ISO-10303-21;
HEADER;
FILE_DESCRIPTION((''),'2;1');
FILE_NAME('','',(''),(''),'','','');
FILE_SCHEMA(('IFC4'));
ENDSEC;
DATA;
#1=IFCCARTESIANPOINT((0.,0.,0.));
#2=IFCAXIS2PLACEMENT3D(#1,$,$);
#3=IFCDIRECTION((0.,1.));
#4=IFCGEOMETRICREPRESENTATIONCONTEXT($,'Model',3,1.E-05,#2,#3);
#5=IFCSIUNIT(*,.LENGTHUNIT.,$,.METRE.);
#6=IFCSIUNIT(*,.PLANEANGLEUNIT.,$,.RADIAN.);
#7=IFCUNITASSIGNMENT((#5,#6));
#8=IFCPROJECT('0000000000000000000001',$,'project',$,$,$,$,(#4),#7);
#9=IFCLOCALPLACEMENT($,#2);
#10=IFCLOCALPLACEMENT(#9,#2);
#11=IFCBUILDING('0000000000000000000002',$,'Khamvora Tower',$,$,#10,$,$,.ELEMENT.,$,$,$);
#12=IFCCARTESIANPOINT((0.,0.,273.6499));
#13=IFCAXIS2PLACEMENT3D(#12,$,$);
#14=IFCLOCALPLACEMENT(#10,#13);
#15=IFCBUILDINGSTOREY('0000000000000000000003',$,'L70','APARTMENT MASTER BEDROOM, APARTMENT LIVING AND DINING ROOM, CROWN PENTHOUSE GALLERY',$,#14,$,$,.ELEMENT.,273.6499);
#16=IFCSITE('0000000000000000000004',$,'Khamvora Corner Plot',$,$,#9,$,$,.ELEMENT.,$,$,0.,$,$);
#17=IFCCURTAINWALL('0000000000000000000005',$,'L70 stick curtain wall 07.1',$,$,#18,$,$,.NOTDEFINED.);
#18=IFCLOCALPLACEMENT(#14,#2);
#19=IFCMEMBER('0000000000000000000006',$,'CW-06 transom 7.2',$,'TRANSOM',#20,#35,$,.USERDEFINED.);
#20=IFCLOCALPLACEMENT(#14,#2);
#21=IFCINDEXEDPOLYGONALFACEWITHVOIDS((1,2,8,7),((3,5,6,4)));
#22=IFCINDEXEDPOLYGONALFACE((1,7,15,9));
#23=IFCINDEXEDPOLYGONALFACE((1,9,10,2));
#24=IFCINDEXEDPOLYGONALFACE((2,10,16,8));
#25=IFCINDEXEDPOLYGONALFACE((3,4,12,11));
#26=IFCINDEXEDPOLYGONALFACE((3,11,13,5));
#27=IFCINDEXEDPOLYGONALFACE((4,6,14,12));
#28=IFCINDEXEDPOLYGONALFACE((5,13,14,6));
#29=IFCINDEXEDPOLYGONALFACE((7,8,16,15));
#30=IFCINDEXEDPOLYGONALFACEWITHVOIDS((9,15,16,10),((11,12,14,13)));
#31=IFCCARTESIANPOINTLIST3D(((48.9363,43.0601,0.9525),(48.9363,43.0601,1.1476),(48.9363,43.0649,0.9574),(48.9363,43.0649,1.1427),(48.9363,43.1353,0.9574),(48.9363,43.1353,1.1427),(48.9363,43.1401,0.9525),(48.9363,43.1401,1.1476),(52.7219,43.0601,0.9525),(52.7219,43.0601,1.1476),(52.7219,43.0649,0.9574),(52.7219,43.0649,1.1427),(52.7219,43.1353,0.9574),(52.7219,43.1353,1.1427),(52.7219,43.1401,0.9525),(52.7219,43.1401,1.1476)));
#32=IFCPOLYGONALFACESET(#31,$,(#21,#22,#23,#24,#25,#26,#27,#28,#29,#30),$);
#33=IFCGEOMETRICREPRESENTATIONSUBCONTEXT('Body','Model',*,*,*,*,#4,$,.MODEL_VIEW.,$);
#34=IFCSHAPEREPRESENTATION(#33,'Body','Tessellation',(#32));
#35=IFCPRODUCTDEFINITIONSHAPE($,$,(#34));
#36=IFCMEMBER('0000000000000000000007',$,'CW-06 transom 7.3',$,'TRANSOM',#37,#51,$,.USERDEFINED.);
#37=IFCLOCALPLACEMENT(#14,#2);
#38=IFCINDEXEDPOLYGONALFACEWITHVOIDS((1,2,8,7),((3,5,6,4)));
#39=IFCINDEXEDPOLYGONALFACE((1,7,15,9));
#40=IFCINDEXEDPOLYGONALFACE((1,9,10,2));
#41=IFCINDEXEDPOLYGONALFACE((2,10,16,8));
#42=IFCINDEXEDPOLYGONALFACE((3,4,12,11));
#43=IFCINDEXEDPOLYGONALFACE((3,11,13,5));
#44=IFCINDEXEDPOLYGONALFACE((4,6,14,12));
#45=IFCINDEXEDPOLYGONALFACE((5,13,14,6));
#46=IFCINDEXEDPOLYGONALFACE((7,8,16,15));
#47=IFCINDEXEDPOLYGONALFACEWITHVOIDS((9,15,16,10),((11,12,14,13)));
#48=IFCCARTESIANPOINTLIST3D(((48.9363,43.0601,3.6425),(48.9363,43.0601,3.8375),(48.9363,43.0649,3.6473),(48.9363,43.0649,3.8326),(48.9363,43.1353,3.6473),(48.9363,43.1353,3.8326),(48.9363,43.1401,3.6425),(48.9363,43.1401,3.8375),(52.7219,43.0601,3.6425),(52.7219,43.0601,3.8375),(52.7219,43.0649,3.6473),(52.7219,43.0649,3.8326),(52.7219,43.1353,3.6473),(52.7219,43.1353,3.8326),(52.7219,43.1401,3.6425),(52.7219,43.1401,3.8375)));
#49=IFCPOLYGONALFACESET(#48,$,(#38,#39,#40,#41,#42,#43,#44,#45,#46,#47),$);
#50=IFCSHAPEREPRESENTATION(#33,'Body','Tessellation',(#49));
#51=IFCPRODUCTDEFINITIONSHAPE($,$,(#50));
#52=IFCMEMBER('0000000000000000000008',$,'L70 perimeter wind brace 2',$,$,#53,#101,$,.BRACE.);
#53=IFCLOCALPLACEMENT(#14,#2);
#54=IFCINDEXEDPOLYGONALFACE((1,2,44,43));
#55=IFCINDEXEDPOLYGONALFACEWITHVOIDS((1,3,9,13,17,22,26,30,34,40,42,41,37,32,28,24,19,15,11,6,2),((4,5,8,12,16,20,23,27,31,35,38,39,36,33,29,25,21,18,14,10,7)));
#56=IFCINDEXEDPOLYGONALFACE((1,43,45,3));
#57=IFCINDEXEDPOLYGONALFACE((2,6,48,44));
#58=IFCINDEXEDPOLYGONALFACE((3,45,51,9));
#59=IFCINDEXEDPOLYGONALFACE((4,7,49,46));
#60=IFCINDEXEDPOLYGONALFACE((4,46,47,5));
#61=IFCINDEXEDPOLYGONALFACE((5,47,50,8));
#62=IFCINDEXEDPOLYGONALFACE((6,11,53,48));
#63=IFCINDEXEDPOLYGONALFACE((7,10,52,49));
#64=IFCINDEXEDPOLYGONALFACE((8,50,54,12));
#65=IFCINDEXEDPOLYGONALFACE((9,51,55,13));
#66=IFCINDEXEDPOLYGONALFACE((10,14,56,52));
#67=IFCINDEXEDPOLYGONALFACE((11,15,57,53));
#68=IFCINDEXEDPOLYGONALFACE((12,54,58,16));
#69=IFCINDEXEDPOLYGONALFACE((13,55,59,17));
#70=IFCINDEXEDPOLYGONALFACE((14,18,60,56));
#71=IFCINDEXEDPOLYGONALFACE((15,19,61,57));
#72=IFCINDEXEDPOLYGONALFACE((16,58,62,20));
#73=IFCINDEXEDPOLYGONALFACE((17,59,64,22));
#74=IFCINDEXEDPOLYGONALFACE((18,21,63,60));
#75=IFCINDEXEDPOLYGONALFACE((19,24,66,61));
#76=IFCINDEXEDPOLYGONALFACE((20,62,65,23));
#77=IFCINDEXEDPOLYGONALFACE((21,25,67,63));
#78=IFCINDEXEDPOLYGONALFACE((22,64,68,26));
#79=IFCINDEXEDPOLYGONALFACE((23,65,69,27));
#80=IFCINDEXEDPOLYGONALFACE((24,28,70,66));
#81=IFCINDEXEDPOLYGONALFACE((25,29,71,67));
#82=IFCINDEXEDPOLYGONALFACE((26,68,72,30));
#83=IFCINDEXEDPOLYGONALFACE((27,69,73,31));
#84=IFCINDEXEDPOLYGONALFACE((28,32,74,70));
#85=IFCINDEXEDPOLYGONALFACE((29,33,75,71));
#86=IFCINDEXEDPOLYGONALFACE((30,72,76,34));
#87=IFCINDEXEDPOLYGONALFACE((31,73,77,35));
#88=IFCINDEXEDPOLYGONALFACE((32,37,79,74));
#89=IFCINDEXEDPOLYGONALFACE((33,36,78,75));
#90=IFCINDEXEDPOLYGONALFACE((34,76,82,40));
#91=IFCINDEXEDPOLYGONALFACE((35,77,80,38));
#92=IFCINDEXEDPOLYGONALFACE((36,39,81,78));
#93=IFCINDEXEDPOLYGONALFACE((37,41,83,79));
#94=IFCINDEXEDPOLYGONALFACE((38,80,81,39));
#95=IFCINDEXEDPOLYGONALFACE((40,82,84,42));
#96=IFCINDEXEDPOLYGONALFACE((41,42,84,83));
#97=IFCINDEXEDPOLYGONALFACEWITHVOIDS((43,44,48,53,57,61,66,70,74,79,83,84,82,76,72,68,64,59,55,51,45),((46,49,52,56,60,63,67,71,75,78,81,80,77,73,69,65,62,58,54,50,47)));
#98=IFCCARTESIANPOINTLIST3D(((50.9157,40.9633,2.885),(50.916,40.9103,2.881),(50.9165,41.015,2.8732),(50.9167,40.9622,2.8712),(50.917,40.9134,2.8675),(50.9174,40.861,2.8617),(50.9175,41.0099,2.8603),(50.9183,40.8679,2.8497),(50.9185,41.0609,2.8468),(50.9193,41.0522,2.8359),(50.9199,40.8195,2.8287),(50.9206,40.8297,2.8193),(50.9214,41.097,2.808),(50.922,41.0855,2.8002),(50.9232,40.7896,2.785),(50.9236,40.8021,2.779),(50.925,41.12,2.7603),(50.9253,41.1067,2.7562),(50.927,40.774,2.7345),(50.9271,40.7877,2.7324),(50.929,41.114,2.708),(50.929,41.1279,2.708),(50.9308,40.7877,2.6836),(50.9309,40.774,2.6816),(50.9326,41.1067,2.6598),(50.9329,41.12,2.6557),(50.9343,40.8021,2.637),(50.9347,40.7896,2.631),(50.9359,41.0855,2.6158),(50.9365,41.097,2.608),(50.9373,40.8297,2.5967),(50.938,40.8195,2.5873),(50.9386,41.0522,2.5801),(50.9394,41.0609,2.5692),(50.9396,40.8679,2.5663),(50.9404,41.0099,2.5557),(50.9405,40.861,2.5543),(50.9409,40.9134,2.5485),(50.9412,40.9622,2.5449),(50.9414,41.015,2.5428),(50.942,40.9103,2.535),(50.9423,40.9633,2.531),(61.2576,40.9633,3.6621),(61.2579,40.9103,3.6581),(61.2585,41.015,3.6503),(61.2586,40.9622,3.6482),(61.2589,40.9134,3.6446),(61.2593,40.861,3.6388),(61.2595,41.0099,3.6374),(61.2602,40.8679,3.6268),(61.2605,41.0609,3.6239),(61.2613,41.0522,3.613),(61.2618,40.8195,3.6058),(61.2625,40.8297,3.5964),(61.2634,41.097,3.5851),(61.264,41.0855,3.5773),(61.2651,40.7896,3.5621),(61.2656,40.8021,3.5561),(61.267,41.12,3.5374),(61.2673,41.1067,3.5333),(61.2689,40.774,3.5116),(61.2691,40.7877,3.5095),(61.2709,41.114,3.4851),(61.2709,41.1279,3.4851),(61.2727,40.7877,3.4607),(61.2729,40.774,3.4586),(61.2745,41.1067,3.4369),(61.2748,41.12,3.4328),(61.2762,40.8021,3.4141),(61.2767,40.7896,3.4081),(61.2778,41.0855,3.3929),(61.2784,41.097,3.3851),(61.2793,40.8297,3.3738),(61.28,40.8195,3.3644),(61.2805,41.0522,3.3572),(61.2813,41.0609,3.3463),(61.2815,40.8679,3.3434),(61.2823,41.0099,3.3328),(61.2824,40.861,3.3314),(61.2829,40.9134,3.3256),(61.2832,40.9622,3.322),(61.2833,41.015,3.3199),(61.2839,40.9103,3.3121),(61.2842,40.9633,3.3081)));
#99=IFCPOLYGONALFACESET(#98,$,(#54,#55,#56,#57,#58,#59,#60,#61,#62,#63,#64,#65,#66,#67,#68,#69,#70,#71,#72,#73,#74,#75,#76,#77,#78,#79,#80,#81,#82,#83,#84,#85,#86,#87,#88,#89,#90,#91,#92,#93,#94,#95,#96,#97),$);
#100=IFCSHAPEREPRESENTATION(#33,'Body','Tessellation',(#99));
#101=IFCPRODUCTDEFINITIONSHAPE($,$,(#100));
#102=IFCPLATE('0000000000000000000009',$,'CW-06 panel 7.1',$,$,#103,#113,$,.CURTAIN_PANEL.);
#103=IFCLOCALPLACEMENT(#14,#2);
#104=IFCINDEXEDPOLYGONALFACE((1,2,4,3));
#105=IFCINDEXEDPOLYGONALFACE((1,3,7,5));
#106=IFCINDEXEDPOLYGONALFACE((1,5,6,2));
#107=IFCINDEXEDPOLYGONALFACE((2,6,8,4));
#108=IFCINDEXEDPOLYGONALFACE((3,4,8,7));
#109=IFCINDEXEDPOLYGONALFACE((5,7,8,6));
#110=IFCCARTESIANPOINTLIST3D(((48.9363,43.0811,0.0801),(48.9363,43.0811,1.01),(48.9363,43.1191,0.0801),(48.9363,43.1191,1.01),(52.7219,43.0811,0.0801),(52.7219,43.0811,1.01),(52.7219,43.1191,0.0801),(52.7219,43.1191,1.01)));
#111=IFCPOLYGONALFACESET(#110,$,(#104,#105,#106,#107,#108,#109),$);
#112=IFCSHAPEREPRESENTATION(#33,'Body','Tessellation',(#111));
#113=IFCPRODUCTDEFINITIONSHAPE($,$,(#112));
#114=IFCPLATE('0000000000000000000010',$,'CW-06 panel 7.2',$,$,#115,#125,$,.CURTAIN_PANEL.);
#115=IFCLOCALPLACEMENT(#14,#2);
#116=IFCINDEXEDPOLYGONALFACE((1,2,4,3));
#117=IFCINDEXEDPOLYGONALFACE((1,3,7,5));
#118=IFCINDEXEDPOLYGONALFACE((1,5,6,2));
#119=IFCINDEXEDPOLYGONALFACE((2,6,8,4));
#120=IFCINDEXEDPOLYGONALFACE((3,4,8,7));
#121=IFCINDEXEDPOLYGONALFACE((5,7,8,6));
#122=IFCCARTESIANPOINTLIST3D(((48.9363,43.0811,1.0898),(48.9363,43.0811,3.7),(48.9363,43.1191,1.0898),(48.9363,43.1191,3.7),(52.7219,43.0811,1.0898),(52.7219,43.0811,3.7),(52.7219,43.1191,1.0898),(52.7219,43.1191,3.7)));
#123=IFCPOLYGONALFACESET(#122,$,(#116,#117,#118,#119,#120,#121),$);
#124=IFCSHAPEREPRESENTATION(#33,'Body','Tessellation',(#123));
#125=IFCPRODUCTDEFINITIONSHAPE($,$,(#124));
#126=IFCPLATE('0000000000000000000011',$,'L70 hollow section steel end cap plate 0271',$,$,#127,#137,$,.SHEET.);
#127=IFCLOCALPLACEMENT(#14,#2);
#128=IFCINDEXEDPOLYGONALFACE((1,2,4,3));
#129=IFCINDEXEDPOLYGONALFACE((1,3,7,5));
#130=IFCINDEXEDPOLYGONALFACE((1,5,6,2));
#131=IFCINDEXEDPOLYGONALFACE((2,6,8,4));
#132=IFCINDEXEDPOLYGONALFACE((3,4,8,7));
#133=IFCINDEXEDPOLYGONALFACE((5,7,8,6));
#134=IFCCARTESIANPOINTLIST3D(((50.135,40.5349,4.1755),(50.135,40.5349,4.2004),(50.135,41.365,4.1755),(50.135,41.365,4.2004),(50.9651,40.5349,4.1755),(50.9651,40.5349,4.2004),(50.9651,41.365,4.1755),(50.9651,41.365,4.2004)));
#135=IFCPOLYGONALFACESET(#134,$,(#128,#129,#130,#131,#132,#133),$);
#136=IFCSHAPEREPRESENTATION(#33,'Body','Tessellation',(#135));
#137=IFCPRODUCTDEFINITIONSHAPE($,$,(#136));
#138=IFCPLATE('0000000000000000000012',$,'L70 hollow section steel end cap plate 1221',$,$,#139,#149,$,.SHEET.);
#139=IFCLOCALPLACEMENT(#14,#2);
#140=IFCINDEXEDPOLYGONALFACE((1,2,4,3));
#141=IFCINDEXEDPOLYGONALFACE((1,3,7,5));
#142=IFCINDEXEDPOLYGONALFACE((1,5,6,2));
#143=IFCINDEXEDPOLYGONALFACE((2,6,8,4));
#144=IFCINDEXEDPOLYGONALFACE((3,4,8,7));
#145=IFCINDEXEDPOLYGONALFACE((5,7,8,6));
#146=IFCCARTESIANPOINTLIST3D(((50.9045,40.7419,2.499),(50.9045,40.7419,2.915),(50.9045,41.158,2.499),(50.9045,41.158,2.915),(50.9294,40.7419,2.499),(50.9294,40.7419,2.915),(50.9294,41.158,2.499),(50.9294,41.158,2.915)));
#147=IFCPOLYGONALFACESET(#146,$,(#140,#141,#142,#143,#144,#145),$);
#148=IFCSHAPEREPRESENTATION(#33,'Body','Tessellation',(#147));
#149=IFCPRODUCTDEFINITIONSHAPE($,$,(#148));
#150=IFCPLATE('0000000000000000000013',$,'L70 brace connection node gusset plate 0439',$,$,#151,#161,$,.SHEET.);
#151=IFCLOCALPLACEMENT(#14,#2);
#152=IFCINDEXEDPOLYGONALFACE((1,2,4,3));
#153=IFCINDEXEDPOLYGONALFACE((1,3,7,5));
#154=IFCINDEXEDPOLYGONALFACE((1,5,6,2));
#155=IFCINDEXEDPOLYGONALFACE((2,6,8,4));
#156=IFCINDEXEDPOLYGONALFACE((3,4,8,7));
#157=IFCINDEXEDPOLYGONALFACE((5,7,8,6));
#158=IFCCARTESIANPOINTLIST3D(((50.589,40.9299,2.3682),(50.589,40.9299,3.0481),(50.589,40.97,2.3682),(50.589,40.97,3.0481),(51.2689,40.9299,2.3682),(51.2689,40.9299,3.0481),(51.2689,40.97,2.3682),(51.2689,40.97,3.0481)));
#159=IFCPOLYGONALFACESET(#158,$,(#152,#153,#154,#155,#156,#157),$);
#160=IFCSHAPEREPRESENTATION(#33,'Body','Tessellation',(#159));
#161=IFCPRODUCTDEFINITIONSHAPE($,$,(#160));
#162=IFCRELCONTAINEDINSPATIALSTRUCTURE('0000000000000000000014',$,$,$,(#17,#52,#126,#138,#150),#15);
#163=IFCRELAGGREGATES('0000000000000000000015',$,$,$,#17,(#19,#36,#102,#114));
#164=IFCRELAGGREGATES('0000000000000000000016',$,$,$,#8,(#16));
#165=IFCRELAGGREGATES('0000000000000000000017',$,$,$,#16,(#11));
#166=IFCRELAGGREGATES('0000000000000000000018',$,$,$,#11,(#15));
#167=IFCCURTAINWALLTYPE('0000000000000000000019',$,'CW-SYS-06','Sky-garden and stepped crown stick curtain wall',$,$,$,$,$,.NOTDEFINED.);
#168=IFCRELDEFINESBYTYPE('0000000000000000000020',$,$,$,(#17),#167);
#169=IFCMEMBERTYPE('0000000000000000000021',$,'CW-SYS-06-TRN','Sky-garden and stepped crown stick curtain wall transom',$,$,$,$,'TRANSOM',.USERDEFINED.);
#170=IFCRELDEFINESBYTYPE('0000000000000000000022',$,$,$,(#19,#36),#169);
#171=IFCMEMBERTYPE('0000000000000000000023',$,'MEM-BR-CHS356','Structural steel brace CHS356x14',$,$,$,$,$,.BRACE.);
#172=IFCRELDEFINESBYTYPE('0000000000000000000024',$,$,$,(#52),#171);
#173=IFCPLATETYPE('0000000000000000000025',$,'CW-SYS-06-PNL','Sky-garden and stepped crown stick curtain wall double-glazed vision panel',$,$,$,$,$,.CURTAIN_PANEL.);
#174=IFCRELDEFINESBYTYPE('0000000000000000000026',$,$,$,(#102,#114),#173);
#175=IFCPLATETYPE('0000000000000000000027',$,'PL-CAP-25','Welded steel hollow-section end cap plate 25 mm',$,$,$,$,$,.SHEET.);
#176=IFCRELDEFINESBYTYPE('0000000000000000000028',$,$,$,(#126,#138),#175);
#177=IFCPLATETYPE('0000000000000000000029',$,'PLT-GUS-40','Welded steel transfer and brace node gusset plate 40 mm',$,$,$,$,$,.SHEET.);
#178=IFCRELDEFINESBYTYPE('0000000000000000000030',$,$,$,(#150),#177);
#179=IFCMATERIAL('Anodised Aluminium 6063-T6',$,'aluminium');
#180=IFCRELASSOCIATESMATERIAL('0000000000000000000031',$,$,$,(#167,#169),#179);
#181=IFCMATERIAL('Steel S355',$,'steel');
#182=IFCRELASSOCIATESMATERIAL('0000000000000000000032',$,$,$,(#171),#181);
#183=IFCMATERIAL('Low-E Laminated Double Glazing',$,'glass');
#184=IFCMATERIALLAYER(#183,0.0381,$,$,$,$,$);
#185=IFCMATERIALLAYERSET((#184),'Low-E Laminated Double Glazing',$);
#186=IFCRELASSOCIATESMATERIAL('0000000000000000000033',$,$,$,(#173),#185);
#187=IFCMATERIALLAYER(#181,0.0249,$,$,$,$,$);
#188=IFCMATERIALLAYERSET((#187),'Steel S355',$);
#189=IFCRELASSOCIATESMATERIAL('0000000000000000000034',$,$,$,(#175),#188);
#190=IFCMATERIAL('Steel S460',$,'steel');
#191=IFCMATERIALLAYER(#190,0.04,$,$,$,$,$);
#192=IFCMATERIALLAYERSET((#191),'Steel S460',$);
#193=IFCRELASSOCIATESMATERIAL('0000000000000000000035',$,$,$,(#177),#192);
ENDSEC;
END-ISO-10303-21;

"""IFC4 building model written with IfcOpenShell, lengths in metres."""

from ifc_helpers import new_model, si_unit, direction, frame, origin, origin_2d, place, context, subcontext, project, spatial, rectangle, hollow_rectangle, hollow_circle, extrude, material, layer, layer_set, material_profile, profile_set, type_object, element, aggregate, save


model = new_model("IFC4")

# Units and contexts
model_context = context("Model", 3, precision=1e-05, world=origin(), true_north=direction((0.0, 1.0)))
body_context = subcontext(model_context, "Body", "Model", "MODEL_VIEW")
ifc_project = project(units=[si_unit("LENGTHUNIT", "METRE"), si_unit("PLANEANGLEUNIT", "RADIAN")], contexts=[model_context])

# Site, building, storey
site_placement = place(None, origin())
site = spatial("IfcSite", under=ifc_project, at=site_placement, Name="Khamvora Corner Plot", CompositionType="ELEMENT", RefElevation=0.0)
building_placement = place(site_placement, origin())
building = spatial("IfcBuilding", under=site, at=building_placement, Name="Khamvora Tower", CompositionType="ELEMENT")
storey_placement = place(building_placement, frame((0.0, 0.0, 273.6499)))
storey = spatial("IfcBuildingStorey", under=building, at=storey_placement, Name="L70", Description="APARTMENT MASTER BEDROOM, APARTMENT LIVING AND DINING ROOM, CROWN PENTHOUSE GALLERY", CompositionType="ELEMENT", Elevation=273.6499)

# Shared definitions
ifc_material_1 = material(Name="Steel S355", Category="steel")

# Shared definitions
ifc_material_2 = material(Name="Steel S460", Category="steel")

# Curtain wall, members
ifc_material_3 = material(Name="Anodised Aluminium 6063-T6", Category="aluminium")
curtain_wall_type = type_object("IfcCurtainWallType", Name="CW-SYS-06", Description="Sky-garden and stepped crown stick curtain wall", PredefinedType="NOTDEFINED", material=ifc_material_3)
curtain_wall_placement = place(storey_placement, origin())
curtain_wall = element("IfcCurtainWall", 1, at=curtain_wall_placement, inside=storey, type_object=curtain_wall_type, Name="L70 stick curtain wall 07.1", PredefinedType="NOTDEFINED")
ifc_material_profile_1 = material_profile(ifc_material_3, hollow_rectangle(XDim=0.0801, YDim=0.1951, WallThickness=0.0049, at=origin_2d()), Name="TRN80x195x5")
ifc_profile_set_1 = profile_set([ifc_material_profile_1], Name="Anodised Aluminium 6063-T6")
member_type_1 = type_object("IfcMemberType", Name="CW-SYS-06-TRN", Description="Sky-garden and stepped crown stick curtain wall transom", ElementType="TRANSOM", PredefinedType="USERDEFINED", material=ifc_profile_set_1)
member_1_placement = place(storey_placement, frame((48.9363, 43.1001, 1.05), z_axis=(1.0, 0.0, 0.0), x_axis=(0.0, 1.0, 0.0)))
member_1 = element("IfcMember", 2, at=member_1_placement, type_object=member_type_1, Name="CW-06 transom 7.2", ObjectType="TRANSOM", PredefinedType="USERDEFINED", context=body_context, shape_type="SweptSolid", body=[
    extrude(hollow_rectangle(XDim=0.0801, YDim=0.1951, WallThickness=0.0049, at=origin_2d()), origin(), (0.0, 0.0, 1.0), 3.7856),
])
member_2_placement = place(storey_placement, frame((48.9363, 43.1001, 3.74), z_axis=(1.0, 0.0, 0.0), x_axis=(0.0, 1.0, 0.0)))
member_2 = element("IfcMember", 3, at=member_2_placement, type_object=member_type_1, Name="CW-06 transom 7.3", ObjectType="TRANSOM", PredefinedType="USERDEFINED", context=body_context, shape_type="SweptSolid", body=[
    extrude(hollow_rectangle(XDim=0.0801, YDim=0.1951, WallThickness=0.0049, at=origin_2d()), origin(), (0.0, 0.0, 1.0), 3.7856),
])

# Member
ifc_material_profile_2 = material_profile(ifc_material_1, hollow_circle(Radius=0.178, WallThickness=0.0139, at=origin_2d()), Name="CHS356x14")
ifc_profile_set_2 = profile_set([ifc_material_profile_2], Name="Steel S355")
member_type_2 = type_object("IfcMemberType", Name="MEM-BR-CHS356", Description="Structural steel brace CHS356x14", PredefinedType="BRACE", material=ifc_profile_set_2)
member_3_placement = place(storey_placement, frame((50.929, 40.95, 2.708), z_axis=(0.997189, 0.0, 0.074929), x_axis=(0.0, 1.0, 0.0)))
element("IfcMember", 4, at=member_3_placement, inside=storey, type_object=member_type_2, Name="L70 perimeter wind brace 2", PredefinedType="BRACE", context=body_context, shape_type="SweptSolid", body=[
    extrude(hollow_circle(Radius=0.178, WallThickness=0.0139, at=origin_2d()), origin(), (0.0, 0.0, 1.0), 10.3711),
])

# Plates
ifc_material_4 = material(Name="Low-E Laminated Double Glazing", Category="glass")
ifc_layer_1 = layer(ifc_material_4, 0.0381)
ifc_layer_set_1 = layer_set([ifc_layer_1], Name="Low-E Laminated Double Glazing")
plate_type_1 = type_object("IfcPlateType", Name="CW-SYS-06-PNL", Description="Sky-garden and stepped crown stick curtain wall double-glazed vision panel", PredefinedType="CURTAIN_PANEL", material=ifc_layer_set_1)
plate_1_placement = place(storey_placement, frame((50.8291, 43.1001, 0.0801), z_axis=(0.0, 0.0, 1.0), x_axis=(1.0, 0.0, 0.0)))
plate_1 = element("IfcPlate", 5, at=plate_1_placement, type_object=plate_type_1, Name="CW-06 panel 7.1", PredefinedType="CURTAIN_PANEL", context=body_context, shape_type="SweptSolid", body=[
    extrude(rectangle(XDim=3.7856, YDim=0.0381, at=origin_2d()), origin(), (0.0, 0.0, 1.0), 0.9299),
])
plate_2_placement = place(storey_placement, frame((50.8291, 43.1001, 1.0898), z_axis=(0.0, 0.0, 1.0), x_axis=(1.0, 0.0, 0.0)))
plate_2 = element("IfcPlate", 6, at=plate_2_placement, type_object=plate_type_1, Name="CW-06 panel 7.2", PredefinedType="CURTAIN_PANEL", context=body_context, shape_type="SweptSolid", body=[
    extrude(rectangle(XDim=3.7856, YDim=0.0381, at=origin_2d()), origin(), (0.0, 0.0, 1.0), 2.6101),
])
aggregate(curtain_wall, [member_1, member_2, plate_1, plate_2])

# Plates
ifc_layer_2 = layer(ifc_material_1, 0.0249)
ifc_layer_set_2 = layer_set([ifc_layer_2], Name="Steel S355")
plate_type_2 = type_object("IfcPlateType", Name="PL-CAP-25", Description="Welded steel hollow-section end cap plate 25 mm", PredefinedType="SHEET", material=ifc_layer_set_2)
plate_3_placement = place(storey_placement, frame((50.55, 40.95, 4.1755), z_axis=(0.0, 0.0, 1.0), x_axis=(1.0, 0.0, 0.0)))
element("IfcPlate", 7, at=plate_3_placement, inside=storey, type_object=plate_type_2, Name="L70 hollow section steel end cap plate 0271", PredefinedType="SHEET", context=body_context, shape_type="SweptSolid", body=[
    extrude(rectangle(XDim=0.8301, YDim=0.8301, at=origin_2d()), origin(), (0.0, 0.0, 1.0), 0.0249),
])
plate_4_placement = place(storey_placement, frame((50.917, 40.95, 2.499), z_axis=(0.0, 0.0, 1.0), x_axis=(1.0, 0.0, 0.0)))
element("IfcPlate", 8, at=plate_4_placement, inside=storey, type_object=plate_type_2, Name="L70 hollow section steel end cap plate 1221", PredefinedType="SHEET", context=body_context, shape_type="SweptSolid", body=[
    extrude(rectangle(XDim=0.0249, YDim=0.416, at=origin_2d()), origin(), (0.0, 0.0, 1.0), 0.416),
])
ifc_layer_3 = layer(ifc_material_2, 0.04)
ifc_layer_set_3 = layer_set([ifc_layer_3], Name="Steel S460")
plate_type_3 = type_object("IfcPlateType", Name="PLT-GUS-40", Description="Welded steel transfer and brace node gusset plate 40 mm", PredefinedType="SHEET", material=ifc_layer_set_3)
plate_5_placement = place(storey_placement, frame((50.929, 40.95, 2.3682), z_axis=(0.0, 0.0, 1.0), x_axis=(1.0, 0.0, 0.0)))
element("IfcPlate", 9, at=plate_5_placement, inside=storey, type_object=plate_type_3, Name="L70 brace connection node gusset plate 0439", PredefinedType="SHEET", context=body_context, shape_type="SweptSolid", body=[
    extrude(rectangle(XDim=0.6799, YDim=0.04, at=origin_2d()), origin(), (0.0, 0.0, 1.0), 0.6799),
])

save(model, "model.ifc")
